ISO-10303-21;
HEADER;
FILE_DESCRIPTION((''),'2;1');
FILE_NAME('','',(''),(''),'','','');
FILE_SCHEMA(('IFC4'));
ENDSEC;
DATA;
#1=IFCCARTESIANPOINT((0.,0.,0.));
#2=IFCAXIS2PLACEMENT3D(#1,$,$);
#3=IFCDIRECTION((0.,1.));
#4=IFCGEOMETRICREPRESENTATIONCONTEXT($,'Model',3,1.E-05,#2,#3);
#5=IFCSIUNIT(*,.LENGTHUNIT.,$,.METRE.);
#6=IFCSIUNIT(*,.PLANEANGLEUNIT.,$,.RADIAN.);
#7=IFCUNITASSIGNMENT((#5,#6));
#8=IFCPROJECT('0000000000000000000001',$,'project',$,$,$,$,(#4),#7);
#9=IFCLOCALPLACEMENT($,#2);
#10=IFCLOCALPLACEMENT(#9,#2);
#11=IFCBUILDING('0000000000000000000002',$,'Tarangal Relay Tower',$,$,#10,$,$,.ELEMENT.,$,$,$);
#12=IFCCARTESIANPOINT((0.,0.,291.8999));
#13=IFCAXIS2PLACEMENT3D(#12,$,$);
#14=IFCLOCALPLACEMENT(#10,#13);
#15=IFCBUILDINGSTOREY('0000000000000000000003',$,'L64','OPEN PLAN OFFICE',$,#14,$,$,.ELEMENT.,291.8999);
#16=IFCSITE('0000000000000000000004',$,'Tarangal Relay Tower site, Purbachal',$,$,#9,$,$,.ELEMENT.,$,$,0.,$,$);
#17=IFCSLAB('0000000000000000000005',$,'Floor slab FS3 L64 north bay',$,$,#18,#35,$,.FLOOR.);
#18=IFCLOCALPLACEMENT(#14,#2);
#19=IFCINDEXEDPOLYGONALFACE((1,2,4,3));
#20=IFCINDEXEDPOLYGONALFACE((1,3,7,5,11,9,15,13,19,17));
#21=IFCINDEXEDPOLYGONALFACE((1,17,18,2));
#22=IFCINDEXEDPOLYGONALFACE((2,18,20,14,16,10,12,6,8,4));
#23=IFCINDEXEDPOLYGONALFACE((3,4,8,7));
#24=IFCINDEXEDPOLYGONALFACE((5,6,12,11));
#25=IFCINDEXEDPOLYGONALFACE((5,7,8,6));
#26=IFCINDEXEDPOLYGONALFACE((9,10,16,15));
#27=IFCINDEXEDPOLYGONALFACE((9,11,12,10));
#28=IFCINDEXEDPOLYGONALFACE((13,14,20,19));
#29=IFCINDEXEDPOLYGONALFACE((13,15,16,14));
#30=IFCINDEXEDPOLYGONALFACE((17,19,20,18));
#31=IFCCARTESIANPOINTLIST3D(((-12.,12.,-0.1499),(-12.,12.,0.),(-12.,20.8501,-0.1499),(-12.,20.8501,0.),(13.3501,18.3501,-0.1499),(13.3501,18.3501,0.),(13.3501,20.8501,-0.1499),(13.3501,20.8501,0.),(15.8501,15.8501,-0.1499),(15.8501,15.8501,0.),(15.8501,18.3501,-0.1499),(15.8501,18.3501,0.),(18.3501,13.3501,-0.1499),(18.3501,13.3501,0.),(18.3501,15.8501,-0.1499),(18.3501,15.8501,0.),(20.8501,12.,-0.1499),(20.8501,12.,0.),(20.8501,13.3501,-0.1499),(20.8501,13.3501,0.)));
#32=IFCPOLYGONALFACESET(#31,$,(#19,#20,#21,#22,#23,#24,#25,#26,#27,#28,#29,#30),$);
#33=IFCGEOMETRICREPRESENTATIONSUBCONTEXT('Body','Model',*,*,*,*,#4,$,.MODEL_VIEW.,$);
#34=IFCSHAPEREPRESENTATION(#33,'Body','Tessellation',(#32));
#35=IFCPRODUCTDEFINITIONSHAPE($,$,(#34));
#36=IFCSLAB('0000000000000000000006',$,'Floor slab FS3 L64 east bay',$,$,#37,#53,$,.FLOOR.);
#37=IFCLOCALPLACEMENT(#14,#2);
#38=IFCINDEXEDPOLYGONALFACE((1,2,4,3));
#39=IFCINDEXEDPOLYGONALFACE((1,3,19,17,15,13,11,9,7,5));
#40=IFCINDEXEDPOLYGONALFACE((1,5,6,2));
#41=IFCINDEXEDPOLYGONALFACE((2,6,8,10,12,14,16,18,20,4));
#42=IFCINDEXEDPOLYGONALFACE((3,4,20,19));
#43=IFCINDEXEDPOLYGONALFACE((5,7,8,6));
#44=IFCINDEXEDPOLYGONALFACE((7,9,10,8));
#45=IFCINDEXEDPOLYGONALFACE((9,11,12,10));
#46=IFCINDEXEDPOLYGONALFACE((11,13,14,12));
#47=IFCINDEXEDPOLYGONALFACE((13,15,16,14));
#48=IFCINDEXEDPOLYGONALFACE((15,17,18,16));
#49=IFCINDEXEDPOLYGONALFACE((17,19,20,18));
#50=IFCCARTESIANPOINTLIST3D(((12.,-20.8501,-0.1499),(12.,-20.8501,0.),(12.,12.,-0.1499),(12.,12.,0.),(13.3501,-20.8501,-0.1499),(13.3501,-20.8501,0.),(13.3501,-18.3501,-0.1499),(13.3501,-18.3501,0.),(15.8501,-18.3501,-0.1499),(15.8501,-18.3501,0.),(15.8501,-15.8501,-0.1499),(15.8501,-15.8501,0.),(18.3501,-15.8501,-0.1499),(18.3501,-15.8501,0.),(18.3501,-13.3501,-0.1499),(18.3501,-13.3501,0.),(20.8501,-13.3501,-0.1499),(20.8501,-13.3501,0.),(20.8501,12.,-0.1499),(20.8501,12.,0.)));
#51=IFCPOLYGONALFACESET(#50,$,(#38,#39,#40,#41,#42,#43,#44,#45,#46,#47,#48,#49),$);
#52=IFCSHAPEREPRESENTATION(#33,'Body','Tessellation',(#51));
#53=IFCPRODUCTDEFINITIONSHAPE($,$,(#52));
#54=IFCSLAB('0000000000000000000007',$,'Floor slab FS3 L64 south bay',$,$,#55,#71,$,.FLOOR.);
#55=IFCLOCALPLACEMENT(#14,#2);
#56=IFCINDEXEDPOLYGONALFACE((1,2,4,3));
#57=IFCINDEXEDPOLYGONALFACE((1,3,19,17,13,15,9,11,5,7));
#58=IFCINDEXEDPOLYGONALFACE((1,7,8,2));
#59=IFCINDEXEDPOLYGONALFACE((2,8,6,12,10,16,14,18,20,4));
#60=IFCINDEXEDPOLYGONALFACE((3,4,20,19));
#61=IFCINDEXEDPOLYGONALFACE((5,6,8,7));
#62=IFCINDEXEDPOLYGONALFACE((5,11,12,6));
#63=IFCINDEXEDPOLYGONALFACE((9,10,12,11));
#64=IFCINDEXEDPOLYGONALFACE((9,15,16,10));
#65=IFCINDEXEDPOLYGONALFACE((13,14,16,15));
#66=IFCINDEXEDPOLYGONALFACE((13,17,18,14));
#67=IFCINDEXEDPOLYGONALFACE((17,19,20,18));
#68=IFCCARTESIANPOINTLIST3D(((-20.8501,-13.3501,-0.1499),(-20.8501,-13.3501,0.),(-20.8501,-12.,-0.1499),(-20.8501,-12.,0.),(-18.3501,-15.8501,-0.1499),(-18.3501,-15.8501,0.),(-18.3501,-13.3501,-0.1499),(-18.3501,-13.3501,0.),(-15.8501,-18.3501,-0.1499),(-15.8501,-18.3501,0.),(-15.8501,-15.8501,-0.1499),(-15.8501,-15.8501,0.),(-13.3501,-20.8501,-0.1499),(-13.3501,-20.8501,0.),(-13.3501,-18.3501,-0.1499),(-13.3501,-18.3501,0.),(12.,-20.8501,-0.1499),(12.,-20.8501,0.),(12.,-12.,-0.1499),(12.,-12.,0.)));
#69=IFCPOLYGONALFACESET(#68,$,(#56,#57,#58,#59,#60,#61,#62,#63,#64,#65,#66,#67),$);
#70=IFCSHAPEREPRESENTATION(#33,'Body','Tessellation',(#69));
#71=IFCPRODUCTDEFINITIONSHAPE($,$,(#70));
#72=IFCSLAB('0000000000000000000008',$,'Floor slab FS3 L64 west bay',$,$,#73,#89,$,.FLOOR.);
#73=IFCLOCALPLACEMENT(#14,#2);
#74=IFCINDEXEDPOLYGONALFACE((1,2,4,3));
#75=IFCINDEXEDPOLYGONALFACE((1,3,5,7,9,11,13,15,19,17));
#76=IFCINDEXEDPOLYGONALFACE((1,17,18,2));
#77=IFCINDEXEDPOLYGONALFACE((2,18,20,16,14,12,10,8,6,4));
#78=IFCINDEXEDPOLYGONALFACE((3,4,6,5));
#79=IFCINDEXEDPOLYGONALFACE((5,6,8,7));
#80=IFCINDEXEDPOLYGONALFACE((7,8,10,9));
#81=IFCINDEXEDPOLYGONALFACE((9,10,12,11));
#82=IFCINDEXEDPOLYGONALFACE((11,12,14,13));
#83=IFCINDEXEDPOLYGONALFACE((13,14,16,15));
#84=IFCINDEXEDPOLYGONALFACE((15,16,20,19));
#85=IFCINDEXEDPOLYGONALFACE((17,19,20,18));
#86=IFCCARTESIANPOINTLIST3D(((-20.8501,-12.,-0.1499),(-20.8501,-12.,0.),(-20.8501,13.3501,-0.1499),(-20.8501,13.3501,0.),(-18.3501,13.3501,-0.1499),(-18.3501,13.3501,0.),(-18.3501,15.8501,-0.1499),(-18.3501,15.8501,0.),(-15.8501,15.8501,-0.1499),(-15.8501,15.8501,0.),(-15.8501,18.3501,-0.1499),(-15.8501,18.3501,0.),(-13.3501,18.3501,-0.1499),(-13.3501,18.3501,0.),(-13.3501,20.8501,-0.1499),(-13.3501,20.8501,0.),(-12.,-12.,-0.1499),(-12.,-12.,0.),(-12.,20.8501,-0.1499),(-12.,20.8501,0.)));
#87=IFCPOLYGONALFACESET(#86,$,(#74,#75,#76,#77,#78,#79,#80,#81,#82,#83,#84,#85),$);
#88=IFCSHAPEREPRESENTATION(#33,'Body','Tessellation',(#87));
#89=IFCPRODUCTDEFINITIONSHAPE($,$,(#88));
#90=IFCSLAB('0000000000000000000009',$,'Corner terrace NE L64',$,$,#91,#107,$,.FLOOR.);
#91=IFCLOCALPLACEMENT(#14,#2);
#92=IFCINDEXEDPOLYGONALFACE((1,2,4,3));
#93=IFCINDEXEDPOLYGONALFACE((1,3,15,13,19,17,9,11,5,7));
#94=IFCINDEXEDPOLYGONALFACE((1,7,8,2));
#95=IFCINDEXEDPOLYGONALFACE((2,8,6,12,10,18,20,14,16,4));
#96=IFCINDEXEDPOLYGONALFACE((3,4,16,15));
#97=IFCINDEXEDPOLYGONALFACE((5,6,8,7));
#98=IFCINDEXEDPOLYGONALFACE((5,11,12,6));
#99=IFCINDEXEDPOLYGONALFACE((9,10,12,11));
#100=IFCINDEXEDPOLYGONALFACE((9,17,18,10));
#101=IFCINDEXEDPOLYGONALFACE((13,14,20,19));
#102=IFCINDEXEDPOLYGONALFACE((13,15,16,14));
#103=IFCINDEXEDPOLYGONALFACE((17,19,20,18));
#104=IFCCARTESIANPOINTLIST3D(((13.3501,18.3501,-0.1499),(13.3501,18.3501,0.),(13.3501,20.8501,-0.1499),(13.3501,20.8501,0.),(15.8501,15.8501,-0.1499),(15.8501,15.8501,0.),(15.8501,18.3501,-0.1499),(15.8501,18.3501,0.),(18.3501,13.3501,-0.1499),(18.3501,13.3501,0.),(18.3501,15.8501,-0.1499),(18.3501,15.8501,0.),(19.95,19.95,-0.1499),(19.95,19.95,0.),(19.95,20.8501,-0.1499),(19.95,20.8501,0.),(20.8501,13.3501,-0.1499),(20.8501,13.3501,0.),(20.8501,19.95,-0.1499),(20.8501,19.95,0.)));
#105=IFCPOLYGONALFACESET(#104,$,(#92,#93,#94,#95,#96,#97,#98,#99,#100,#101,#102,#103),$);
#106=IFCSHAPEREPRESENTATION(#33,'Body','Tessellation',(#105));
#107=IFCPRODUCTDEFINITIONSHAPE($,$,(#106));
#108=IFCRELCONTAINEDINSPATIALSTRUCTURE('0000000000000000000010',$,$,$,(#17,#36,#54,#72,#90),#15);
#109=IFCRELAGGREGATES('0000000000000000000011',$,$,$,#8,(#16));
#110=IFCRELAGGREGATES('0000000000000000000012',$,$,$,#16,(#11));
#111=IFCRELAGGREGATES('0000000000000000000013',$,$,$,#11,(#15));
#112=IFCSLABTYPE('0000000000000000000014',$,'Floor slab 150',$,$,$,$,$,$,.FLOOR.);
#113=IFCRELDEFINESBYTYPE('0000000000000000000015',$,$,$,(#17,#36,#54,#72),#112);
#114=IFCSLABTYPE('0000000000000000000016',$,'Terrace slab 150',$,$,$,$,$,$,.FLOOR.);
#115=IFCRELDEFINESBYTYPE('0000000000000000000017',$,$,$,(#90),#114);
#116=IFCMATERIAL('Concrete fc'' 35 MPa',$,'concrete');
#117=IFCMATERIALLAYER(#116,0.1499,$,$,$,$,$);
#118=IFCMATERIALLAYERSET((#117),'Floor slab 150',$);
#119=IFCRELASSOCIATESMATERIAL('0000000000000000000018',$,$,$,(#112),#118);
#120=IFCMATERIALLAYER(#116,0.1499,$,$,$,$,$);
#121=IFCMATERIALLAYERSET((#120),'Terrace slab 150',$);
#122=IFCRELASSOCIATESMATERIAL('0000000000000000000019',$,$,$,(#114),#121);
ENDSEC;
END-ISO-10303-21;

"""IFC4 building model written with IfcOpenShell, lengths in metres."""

from ifc_helpers import new_model, si_unit, direction, frame, origin, place, context, subcontext, project, spatial, polyline, outline, extrude, material, layer, layer_set, type_object, element, save


model = new_model("IFC4")

# Units and contexts
model_context = context("Model", 3, precision=1e-05, world=origin(), true_north=direction((0.0, 1.0)))
body_context = subcontext(model_context, "Body", "Model", "MODEL_VIEW")
ifc_project = project(units=[si_unit("LENGTHUNIT", "METRE"), si_unit("PLANEANGLEUNIT", "RADIAN")], contexts=[model_context])

# Site, building, storey
site_placement = place(None, origin())
site = spatial("IfcSite", under=ifc_project, at=site_placement, Name="Tarangal Relay Tower site, Purbachal", CompositionType="ELEMENT", RefElevation=0.0)
building_placement = place(site_placement, origin())
building = spatial("IfcBuilding", under=site, at=building_placement, Name="Tarangal Relay Tower", CompositionType="ELEMENT")
storey_placement = place(building_placement, frame((0.0, 0.0, 291.8999)))
storey = spatial("IfcBuildingStorey", under=building, at=storey_placement, Name="L64", Description="OPEN PLAN OFFICE", CompositionType="ELEMENT", Elevation=291.8999)

# Slabs
ifc_material_1 = material(Name="Concrete fc' 35 MPa", Category="concrete")
ifc_layer_1 = layer(ifc_material_1, 0.1499)
ifc_layer_set_1 = layer_set([ifc_layer_1], Name="Floor slab 150")
slab_type_1 = type_object("IfcSlabType", Name="Floor slab 150", PredefinedType="FLOOR", material=ifc_layer_set_1)
slab_1_placement = place(storey_placement, frame((0.0, 0.0, -0.1499)))
element("IfcSlab", 1, at=slab_1_placement, inside=storey, type_object=slab_type_1, Name="Floor slab FS3 L64 north bay", PredefinedType="FLOOR", context=body_context, shape_type="SweptSolid", body=[
    extrude(outline(polyline([(13.3501, 20.8501), (13.3501, 18.3501), (15.8501, 18.3501), (15.8501, 15.8501), (18.3501, 15.8501), (18.3501, 13.3501), (20.8501, 13.3501), (20.8501, 12.0), (-12.0, 12.0), (-12.0, 20.8501), (13.3501, 20.8501)])), origin(), (0.0, 0.0, 1.0), 0.1499),
])
slab_2_placement = place(storey_placement, frame((0.0, 0.0, -0.1499)))
element("IfcSlab", 2, at=slab_2_placement, inside=storey, type_object=slab_type_1, Name="Floor slab FS3 L64 east bay", PredefinedType="FLOOR", context=body_context, shape_type="SweptSolid", body=[
    extrude(outline(polyline([(20.8501, -13.3501), (18.3501, -13.3501), (18.3501, -15.8501), (15.8501, -15.8501), (15.8501, -18.3501), (13.3501, -18.3501), (13.3501, -20.8501), (12.0, -20.8501), (12.0, 12.0), (20.8501, 12.0), (20.8501, -13.3501)])), origin(), (0.0, 0.0, 1.0), 0.1499),
])
slab_3_placement = place(storey_placement, frame((0.0, 0.0, -0.1499)))
element("IfcSlab", 3, at=slab_3_placement, inside=storey, type_object=slab_type_1, Name="Floor slab FS3 L64 south bay", PredefinedType="FLOOR", context=body_context, shape_type="SweptSolid", body=[
    extrude(outline(polyline([(-13.3501, -20.8501), (-13.3501, -18.3501), (-15.8501, -18.3501), (-15.8501, -15.8501), (-18.3501, -15.8501), (-18.3501, -13.3501), (-20.8501, -13.3501), (-20.8501, -12.0), (12.0, -12.0), (12.0, -20.8501), (-13.3501, -20.8501)])), origin(), (0.0, 0.0, 1.0), 0.1499),
])
slab_4_placement = place(storey_placement, frame((0.0, 0.0, -0.1499)))
element("IfcSlab", 4, at=slab_4_placement, inside=storey, type_object=slab_type_1, Name="Floor slab FS3 L64 west bay", PredefinedType="FLOOR", context=body_context, shape_type="SweptSolid", body=[
    extrude(outline(polyline([(-12.0, 20.8501), (-12.0, -12.0), (-20.8501, -12.0), (-20.8501, 13.3501), (-18.3501, 13.3501), (-18.3501, 15.8501), (-15.8501, 15.8501), (-15.8501, 18.3501), (-13.3501, 18.3501), (-13.3501, 20.8501), (-12.0, 20.8501)])), origin(), (0.0, 0.0, 1.0), 0.1499),
])
ifc_layer_2 = layer(ifc_material_1, 0.1499)
ifc_layer_set_2 = layer_set([ifc_layer_2], Name="Terrace slab 150")
slab_type_2 = type_object("IfcSlabType", Name="Terrace slab 150", PredefinedType="FLOOR", material=ifc_layer_set_2)
slab_5_placement = place(storey_placement, frame((0.0, 0.0, -0.1499)))
element("IfcSlab", 5, at=slab_5_placement, inside=storey, type_object=slab_type_2, Name="Corner terrace NE L64", PredefinedType="FLOOR", context=body_context, shape_type="SweptSolid", body=[
    extrude(outline(polyline([(13.3501, 20.8501), (13.3501, 18.3501), (15.8501, 18.3501), (15.8501, 15.8501), (18.3501, 15.8501), (18.3501, 13.3501), (20.8501, 13.3501), (20.8501, 19.95), (19.95, 19.95), (19.95, 20.8501), (13.3501, 20.8501)])), origin(), (0.0, 0.0, 1.0), 0.1499),
])

save(model, "model.ifc")
